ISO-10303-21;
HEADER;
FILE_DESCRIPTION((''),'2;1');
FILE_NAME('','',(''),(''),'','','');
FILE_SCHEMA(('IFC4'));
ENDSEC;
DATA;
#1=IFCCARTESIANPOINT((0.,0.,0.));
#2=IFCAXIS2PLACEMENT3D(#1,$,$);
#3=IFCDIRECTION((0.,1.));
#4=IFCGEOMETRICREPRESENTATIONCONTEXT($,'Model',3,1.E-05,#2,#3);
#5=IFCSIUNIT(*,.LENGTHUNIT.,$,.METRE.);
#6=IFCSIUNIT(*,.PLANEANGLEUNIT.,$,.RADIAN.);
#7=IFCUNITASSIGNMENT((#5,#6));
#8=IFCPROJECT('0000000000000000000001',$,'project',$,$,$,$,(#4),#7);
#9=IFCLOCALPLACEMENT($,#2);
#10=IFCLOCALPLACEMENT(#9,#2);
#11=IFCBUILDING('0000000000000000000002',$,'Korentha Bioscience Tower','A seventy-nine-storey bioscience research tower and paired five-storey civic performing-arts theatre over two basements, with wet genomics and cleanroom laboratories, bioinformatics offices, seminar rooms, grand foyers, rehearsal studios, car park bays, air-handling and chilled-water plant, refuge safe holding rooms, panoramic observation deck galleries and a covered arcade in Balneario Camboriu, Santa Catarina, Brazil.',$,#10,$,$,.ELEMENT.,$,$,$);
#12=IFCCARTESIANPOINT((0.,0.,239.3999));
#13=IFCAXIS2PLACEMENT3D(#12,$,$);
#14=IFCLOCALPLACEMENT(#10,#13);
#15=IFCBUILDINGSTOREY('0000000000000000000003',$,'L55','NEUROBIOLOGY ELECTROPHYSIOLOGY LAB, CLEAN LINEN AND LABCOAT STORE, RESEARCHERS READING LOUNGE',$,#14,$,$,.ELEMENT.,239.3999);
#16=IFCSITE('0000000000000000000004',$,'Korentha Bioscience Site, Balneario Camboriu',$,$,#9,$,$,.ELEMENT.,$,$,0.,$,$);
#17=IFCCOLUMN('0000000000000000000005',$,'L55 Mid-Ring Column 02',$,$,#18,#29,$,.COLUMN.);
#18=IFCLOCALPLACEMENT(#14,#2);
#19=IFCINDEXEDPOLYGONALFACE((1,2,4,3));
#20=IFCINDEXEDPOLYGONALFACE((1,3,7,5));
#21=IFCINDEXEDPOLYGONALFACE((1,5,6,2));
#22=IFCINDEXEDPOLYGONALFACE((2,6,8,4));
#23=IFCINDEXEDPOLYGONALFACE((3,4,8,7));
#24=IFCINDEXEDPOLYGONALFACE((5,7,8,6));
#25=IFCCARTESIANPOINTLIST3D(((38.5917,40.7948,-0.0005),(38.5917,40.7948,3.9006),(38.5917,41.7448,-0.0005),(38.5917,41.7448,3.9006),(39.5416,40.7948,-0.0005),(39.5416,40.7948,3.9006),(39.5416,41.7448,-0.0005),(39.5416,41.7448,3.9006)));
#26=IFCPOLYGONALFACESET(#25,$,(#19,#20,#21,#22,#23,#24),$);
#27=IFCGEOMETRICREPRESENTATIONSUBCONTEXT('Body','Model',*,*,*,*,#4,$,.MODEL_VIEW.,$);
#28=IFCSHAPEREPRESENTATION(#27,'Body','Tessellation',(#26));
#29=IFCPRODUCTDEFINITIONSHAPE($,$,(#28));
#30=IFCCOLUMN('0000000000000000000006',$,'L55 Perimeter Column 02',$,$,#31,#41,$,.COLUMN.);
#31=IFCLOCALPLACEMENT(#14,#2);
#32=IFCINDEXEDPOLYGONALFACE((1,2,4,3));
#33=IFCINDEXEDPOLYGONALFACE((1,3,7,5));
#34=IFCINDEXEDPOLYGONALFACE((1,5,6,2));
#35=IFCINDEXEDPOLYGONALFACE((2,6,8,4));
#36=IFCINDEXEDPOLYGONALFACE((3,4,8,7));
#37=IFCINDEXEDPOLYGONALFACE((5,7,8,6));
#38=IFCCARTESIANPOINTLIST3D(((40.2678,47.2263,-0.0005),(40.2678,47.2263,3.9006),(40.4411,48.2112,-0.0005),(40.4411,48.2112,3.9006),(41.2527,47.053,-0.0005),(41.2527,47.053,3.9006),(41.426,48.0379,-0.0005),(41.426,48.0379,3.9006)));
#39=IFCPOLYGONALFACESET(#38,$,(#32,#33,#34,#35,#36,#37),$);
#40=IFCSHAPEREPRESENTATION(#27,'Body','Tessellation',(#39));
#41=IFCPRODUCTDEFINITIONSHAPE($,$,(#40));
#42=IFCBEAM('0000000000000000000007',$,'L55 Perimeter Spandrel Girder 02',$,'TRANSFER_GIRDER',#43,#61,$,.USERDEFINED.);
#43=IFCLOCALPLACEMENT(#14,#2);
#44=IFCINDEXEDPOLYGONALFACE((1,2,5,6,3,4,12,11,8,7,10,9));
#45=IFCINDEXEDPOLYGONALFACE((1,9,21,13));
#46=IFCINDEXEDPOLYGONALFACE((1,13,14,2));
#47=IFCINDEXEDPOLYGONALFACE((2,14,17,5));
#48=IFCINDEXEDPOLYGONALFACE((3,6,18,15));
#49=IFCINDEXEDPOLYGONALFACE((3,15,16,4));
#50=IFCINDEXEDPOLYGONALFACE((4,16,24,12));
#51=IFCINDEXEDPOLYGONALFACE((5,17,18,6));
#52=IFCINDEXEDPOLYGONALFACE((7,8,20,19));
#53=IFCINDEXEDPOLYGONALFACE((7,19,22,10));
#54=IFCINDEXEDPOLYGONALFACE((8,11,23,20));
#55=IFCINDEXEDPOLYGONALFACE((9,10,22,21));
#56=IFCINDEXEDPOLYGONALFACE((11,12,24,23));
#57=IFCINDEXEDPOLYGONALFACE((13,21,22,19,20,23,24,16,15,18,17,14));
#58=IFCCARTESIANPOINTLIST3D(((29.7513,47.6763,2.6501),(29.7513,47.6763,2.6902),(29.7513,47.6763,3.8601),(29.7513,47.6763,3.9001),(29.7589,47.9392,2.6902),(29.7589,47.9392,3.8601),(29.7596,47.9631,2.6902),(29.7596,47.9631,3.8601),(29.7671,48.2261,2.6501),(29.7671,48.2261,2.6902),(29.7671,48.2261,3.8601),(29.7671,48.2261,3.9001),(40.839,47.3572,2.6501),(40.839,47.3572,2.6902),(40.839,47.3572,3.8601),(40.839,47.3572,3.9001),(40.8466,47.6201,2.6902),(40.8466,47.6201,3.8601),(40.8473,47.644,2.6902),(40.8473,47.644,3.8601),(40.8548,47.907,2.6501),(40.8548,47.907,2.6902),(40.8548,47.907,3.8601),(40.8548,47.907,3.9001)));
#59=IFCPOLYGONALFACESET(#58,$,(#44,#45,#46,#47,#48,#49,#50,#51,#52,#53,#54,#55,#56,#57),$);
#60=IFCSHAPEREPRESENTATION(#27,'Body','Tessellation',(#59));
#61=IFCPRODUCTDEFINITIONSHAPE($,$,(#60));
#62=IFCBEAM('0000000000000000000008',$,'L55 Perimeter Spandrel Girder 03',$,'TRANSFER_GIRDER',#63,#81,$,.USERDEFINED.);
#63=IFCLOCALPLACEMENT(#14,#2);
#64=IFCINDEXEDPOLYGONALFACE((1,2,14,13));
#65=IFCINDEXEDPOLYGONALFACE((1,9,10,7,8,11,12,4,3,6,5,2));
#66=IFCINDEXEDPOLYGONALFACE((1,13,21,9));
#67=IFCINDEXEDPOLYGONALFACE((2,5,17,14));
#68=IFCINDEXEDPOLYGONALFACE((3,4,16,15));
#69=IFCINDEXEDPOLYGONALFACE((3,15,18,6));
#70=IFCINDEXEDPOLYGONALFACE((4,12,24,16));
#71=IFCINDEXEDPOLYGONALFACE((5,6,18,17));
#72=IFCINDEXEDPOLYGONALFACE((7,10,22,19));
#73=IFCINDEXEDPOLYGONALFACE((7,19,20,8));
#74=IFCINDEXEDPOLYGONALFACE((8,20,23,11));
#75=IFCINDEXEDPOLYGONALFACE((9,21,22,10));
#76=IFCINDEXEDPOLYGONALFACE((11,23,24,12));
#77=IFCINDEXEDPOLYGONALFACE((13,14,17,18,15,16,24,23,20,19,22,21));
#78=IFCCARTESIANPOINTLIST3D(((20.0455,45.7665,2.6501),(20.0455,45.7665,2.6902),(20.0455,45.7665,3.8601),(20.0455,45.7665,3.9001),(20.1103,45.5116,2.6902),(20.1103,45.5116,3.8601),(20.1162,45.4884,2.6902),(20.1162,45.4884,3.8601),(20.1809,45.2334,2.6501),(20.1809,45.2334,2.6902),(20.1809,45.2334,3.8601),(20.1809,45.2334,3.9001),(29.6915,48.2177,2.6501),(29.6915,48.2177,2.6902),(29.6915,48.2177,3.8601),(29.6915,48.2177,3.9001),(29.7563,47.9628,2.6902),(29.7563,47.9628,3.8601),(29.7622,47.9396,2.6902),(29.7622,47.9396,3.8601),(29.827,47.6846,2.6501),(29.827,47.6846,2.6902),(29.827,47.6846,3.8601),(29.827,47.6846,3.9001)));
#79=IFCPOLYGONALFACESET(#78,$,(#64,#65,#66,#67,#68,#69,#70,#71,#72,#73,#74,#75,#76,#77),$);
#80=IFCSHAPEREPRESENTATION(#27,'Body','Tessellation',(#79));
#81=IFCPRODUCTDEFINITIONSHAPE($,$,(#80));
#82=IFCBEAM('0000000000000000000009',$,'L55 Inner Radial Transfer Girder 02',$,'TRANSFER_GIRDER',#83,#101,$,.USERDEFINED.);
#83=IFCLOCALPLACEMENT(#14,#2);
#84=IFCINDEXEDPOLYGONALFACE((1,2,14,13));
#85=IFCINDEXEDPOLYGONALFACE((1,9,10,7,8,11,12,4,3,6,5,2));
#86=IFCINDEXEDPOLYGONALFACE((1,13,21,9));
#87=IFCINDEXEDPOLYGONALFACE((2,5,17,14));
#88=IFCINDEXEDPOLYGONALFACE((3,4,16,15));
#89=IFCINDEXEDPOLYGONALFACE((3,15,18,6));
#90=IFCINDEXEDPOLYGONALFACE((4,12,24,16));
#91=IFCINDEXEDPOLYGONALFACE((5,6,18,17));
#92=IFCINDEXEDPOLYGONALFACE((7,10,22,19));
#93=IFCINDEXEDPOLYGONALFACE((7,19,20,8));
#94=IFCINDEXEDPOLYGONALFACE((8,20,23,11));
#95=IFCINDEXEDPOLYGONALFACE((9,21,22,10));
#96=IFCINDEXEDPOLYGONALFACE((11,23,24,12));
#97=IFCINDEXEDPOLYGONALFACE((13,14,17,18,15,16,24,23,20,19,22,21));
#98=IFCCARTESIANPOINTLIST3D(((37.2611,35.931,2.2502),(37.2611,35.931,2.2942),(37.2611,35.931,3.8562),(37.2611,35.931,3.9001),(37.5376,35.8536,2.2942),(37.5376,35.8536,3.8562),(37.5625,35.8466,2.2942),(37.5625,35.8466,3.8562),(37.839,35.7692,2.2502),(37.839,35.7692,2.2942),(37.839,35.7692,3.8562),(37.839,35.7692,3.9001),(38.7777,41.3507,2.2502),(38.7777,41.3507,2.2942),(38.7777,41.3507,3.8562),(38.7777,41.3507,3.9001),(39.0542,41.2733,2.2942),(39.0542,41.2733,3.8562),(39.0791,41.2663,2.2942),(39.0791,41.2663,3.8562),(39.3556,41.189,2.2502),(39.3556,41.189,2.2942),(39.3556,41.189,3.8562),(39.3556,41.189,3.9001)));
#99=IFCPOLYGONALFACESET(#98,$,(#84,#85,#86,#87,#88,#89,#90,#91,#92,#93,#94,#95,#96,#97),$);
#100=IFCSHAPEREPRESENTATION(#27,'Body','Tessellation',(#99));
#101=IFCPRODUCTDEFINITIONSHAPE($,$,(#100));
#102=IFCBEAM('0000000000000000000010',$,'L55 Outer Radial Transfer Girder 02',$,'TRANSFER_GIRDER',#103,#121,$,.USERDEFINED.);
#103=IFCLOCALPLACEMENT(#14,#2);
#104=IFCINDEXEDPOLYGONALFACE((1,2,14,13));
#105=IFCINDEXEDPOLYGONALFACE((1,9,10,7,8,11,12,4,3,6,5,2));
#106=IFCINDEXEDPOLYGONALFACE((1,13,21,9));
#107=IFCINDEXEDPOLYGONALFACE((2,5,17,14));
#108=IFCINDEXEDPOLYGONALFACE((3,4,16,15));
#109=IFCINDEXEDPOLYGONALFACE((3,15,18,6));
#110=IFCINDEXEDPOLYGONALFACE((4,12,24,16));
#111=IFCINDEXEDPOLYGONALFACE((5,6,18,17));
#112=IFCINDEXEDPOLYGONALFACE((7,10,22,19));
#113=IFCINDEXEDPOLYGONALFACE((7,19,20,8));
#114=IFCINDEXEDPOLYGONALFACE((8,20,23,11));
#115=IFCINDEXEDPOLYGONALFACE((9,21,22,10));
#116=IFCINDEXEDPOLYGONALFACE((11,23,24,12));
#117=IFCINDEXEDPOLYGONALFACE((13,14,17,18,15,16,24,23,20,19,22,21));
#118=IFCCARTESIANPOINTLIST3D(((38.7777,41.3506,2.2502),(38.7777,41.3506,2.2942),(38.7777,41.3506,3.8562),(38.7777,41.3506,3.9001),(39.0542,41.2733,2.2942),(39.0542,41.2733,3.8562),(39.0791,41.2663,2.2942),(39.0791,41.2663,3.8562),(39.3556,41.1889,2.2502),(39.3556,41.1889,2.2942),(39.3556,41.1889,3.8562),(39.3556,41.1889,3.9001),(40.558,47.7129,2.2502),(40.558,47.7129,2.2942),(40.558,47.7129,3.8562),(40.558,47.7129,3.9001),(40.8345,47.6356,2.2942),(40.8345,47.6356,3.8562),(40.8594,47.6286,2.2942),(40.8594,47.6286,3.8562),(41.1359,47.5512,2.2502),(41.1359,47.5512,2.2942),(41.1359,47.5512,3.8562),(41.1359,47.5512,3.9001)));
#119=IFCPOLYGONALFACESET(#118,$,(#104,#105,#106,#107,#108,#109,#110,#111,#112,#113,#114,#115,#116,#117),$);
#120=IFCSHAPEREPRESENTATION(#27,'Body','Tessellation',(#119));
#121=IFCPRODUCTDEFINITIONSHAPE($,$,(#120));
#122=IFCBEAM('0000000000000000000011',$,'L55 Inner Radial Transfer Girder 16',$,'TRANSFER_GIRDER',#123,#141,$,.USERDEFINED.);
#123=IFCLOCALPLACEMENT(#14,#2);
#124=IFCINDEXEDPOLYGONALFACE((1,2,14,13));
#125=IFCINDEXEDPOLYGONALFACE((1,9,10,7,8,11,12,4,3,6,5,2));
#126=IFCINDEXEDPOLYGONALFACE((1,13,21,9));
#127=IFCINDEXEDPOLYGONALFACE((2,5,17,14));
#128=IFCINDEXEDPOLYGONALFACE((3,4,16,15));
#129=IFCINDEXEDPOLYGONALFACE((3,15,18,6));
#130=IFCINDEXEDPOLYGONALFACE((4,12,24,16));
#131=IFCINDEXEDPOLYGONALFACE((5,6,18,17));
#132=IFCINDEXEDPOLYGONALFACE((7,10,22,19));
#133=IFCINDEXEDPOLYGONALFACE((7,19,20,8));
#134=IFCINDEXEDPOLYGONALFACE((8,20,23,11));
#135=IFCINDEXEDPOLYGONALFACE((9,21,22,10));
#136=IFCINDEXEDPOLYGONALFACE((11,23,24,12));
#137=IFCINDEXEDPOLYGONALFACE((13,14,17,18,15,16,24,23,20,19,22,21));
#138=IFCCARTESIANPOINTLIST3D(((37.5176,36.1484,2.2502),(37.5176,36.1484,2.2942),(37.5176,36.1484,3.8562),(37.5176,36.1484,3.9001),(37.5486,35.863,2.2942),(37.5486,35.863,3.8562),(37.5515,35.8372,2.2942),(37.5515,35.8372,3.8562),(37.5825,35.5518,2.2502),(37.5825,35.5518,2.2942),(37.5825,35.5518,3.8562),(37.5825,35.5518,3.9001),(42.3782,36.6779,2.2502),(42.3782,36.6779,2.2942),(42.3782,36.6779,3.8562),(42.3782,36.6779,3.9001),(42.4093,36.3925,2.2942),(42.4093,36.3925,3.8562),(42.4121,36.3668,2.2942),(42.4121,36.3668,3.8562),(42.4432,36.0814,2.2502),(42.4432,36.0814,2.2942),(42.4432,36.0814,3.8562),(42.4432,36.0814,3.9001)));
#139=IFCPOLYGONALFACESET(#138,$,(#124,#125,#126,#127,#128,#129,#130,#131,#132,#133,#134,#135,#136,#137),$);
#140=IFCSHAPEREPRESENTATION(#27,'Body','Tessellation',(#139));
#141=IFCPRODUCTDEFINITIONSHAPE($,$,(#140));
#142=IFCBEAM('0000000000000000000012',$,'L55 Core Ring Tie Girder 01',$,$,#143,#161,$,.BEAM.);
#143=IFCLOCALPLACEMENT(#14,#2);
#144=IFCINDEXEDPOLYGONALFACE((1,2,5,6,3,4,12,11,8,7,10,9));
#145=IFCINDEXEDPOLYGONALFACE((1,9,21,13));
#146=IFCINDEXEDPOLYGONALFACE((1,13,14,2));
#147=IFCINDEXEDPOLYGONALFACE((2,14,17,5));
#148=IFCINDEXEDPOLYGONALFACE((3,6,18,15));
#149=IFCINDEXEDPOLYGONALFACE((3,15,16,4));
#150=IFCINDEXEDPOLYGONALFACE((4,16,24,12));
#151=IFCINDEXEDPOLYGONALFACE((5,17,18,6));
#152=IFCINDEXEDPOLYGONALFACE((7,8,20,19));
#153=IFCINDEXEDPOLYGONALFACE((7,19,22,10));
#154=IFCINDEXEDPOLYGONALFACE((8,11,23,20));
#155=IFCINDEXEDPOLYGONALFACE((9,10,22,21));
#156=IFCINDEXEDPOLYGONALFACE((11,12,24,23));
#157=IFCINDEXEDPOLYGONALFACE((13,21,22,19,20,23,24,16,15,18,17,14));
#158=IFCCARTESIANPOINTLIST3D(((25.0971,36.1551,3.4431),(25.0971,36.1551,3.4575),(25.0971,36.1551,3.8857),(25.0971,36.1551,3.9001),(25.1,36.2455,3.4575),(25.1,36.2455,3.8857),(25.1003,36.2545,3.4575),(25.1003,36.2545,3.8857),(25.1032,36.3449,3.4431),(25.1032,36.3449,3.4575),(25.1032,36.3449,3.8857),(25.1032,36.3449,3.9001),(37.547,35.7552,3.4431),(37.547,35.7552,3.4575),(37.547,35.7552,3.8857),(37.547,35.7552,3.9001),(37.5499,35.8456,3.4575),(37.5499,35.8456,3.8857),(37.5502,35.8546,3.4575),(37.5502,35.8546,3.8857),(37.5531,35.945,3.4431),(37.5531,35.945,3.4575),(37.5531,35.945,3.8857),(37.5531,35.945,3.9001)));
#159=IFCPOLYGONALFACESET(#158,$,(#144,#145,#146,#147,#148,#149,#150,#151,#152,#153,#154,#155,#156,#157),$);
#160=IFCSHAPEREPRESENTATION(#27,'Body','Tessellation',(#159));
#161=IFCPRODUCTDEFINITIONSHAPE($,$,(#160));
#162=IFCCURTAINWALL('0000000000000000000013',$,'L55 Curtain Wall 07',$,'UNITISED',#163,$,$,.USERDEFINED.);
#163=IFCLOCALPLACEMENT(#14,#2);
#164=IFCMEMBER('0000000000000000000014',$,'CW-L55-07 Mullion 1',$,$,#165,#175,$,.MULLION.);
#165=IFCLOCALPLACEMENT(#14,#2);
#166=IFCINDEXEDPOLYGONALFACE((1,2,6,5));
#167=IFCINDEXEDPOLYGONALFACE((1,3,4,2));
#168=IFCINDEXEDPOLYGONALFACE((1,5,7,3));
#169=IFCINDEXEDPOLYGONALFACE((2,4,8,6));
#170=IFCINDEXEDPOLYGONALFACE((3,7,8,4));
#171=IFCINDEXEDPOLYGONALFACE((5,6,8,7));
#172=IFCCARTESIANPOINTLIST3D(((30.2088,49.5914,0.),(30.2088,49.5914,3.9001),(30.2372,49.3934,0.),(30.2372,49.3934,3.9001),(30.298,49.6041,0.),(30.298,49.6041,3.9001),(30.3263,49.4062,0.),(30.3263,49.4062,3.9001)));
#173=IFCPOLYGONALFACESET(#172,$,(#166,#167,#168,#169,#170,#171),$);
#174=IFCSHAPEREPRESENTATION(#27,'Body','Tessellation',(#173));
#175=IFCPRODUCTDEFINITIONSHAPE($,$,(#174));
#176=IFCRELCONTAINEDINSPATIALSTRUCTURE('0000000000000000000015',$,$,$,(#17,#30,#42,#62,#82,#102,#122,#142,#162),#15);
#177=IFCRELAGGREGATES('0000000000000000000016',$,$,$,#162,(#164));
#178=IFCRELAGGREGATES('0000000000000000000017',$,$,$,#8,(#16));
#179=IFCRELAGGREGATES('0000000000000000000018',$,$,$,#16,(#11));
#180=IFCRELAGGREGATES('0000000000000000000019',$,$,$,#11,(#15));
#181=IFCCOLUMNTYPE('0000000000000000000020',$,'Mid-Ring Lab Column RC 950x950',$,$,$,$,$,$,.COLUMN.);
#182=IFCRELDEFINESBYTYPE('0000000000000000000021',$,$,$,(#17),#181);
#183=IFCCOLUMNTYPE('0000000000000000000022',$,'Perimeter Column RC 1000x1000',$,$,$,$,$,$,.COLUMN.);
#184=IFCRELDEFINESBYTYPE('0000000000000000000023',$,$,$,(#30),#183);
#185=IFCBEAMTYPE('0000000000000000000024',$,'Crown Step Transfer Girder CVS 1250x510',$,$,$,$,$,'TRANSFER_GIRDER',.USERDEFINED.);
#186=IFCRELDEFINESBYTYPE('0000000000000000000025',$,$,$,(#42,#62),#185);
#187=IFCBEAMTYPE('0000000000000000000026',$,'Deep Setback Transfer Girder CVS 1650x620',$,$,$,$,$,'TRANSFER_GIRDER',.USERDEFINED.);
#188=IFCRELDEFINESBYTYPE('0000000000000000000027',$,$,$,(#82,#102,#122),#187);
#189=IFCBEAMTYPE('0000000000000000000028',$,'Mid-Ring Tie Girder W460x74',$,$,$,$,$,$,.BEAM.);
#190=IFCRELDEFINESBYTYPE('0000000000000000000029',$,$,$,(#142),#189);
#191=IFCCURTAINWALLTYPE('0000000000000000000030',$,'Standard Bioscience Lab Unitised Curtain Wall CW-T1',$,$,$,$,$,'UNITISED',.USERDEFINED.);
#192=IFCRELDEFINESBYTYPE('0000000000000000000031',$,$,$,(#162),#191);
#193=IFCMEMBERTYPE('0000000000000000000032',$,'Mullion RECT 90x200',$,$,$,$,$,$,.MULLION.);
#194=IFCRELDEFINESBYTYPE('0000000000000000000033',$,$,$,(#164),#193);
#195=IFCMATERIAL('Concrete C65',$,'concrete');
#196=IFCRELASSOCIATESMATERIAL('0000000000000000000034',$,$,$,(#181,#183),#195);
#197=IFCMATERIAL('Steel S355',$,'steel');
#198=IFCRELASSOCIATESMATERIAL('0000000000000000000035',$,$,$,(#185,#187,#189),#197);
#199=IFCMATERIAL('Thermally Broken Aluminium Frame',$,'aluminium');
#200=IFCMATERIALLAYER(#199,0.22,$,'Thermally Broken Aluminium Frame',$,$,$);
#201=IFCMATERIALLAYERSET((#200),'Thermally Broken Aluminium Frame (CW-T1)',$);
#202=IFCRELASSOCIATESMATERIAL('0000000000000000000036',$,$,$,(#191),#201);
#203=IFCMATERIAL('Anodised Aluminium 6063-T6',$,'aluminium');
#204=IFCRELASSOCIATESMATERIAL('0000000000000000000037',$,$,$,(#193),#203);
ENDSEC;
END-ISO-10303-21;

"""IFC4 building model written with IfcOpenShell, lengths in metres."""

from ifc_helpers import new_model, si_unit, direction, frame, origin, origin_2d, place, context, subcontext, project, spatial, rectangle, i_section, extrude, material, layer, layer_set, material_profile, profile_set, type_object, element, aggregate, save


model = new_model("IFC4")

# Units and contexts
model_context = context("Model", 3, precision=1e-05, world=origin(), true_north=direction((0.0, 1.0)))
body_context = subcontext(model_context, "Body", "Model", "MODEL_VIEW")
ifc_project = project(units=[si_unit("LENGTHUNIT", "METRE"), si_unit("PLANEANGLEUNIT", "RADIAN")], contexts=[model_context])

# Site, building, storey
site_placement = place(None, origin())
site = spatial("IfcSite", under=ifc_project, at=site_placement, Name="Korentha Bioscience Site, Balneario Camboriu", CompositionType="ELEMENT", RefElevation=0.0)
building_placement = place(site_placement, origin())
building = spatial("IfcBuilding", under=site, at=building_placement, Name="Korentha Bioscience Tower", Description="A seventy-nine-storey bioscience research tower and paired five-storey civic performing-arts theatre over two basements, with wet genomics and cleanroom laboratories, bioinformatics offices, seminar rooms, grand foyers, rehearsal studios, car park bays, air-handling and chilled-water plant, refuge safe holding rooms, panoramic observation deck galleries and a covered arcade in Balneario Camboriu, Santa Catarina, Brazil.", CompositionType="ELEMENT")
storey_placement = place(building_placement, frame((0.0, 0.0, 239.3999)))
storey = spatial("IfcBuildingStorey", under=building, at=storey_placement, Name="L55", Description="NEUROBIOLOGY ELECTROPHYSIOLOGY LAB, CLEAN LINEN AND LABCOAT STORE, RESEARCHERS READING LOUNGE", CompositionType="ELEMENT", Elevation=239.3999)

# Columns
ifc_material_1 = material(Name="Concrete C65", Category="concrete")
ifc_material_profile_1 = material_profile(ifc_material_1, rectangle(XDim=0.95, YDim=0.95, at=origin_2d()), Name="Concrete C65")
ifc_profile_set_1 = profile_set([ifc_material_profile_1], Name="Concrete C65 (COL-MR09)")
column_type_1 = type_object("IfcColumnType", Name="Mid-Ring Lab Column RC 950x950", PredefinedType="COLUMN", material=ifc_profile_set_1)
column_1_placement = place(storey_placement, frame((39.0667, 41.2698, -0.0005), z_axis=(0.0, 0.0, 1.0), x_axis=(1.0, 0.0, 0.0)))
element("IfcColumn", 1, at=column_1_placement, inside=storey, type_object=column_type_1, Name="L55 Mid-Ring Column 02", PredefinedType="COLUMN", context=body_context, shape_type="SweptSolid", body=[
    extrude(rectangle(XDim=0.95, YDim=0.95, at=origin_2d()), origin(), (0.0, 0.0, 1.0), 3.9011),
])
ifc_material_profile_2 = material_profile(ifc_material_1, rectangle(XDim=1.0, YDim=1.0, at=origin_2d()), Name="Concrete C65")
ifc_profile_set_2 = profile_set([ifc_material_profile_2], Name="Concrete C65 (COL-P10)")
column_type_2 = type_object("IfcColumnType", Name="Perimeter Column RC 1000x1000", PredefinedType="COLUMN", material=ifc_profile_set_2)
column_2_placement = place(storey_placement, frame((40.8469, 47.6321, -0.0005), z_axis=(0.0, 0.0, 1.0), x_axis=(-0.984868, 0.173304, 0.0)))
element("IfcColumn", 2, at=column_2_placement, inside=storey, type_object=column_type_2, Name="L55 Perimeter Column 02", PredefinedType="COLUMN", context=body_context, shape_type="SweptSolid", body=[
    extrude(rectangle(XDim=1.0, YDim=1.0, at=origin_2d()), origin(), (0.0, 0.0, 1.0), 3.9011),
])

# Beams
ifc_material_2 = material(Name="Steel S355", Category="steel")
ifc_material_profile_3 = material_profile(ifc_material_2, i_section(OverallWidth=0.55, OverallDepth=1.25, WebThickness=0.0239, FlangeThickness=0.04, at=origin_2d()), Name="Steel S355")
ifc_profile_set_3 = profile_set([ifc_material_profile_3], Name="Steel S355 (TG-03)")
beam_type_1 = type_object("IfcBeamType", Name="Crown Step Transfer Girder CVS 1250x510", ElementType="TRANSFER_GIRDER", PredefinedType="USERDEFINED", material=ifc_profile_set_3)
beam_1_placement = place(storey_placement, frame((40.8469, 47.6321, 3.2751), z_axis=(-0.999586, 0.028767, 0.0), x_axis=(-0.028767, -0.999586, 0.0)))
element("IfcBeam", 3, at=beam_1_placement, inside=storey, type_object=beam_type_1, Name="L55 Perimeter Spandrel Girder 02", ObjectType="TRANSFER_GIRDER", PredefinedType="USERDEFINED", context=body_context, shape_type="SweptSolid", body=[
    extrude(i_section(OverallWidth=0.55, OverallDepth=1.25, WebThickness=0.0239, FlangeThickness=0.04, at=origin_2d()), origin(), (0.0, 0.0, 1.0), 11.0923),
])
beam_2_placement = place(storey_placement, frame((29.7593, 47.9512, 3.2751), z_axis=(-0.969197, -0.246286, 0.0), x_axis=(0.246286, -0.969197, 0.0)))
element("IfcBeam", 4, at=beam_2_placement, inside=storey, type_object=beam_type_1, Name="L55 Perimeter Spandrel Girder 03", ObjectType="TRANSFER_GIRDER", PredefinedType="USERDEFINED", context=body_context, shape_type="SweptSolid", body=[
    extrude(i_section(OverallWidth=0.55, OverallDepth=1.25, WebThickness=0.0239, FlangeThickness=0.04, at=origin_2d()), origin(), (0.0, 0.0, 1.0), 9.9526),
])
ifc_material_profile_4 = material_profile(ifc_material_2, i_section(OverallWidth=0.6001, OverallDepth=1.6499, WebThickness=0.0259, FlangeThickness=0.0439, at=origin_2d()), Name="Steel S355")
ifc_profile_set_4 = profile_set([ifc_material_profile_4], Name="Steel S355 (TG-04)")
beam_type_2 = type_object("IfcBeamType", Name="Deep Setback Transfer Girder CVS 1650x620", ElementType="TRANSFER_GIRDER", PredefinedType="USERDEFINED", material=ifc_profile_set_4)
beam_3_placement = place(storey_placement, frame((37.55, 35.8501, 3.0752), z_axis=(0.26948, 0.963006, 0.0), x_axis=(-0.963006, 0.26948, 0.0)))
element("IfcBeam", 5, at=beam_3_placement, inside=storey, type_object=beam_type_2, Name="L55 Inner Radial Transfer Girder 02", ObjectType="TRANSFER_GIRDER", PredefinedType="USERDEFINED", context=body_context, shape_type="SweptSolid", body=[
    extrude(i_section(OverallWidth=0.6001, OverallDepth=1.6499, WebThickness=0.0259, FlangeThickness=0.0439, at=origin_2d()), origin(), (0.0, 0.0, 1.0), 5.6279),
])
beam_4_placement = place(storey_placement, frame((39.0667, 41.2698, 3.0752), z_axis=(0.269465, 0.96301, 0.0), x_axis=(-0.96301, 0.269465, 0.0)))
element("IfcBeam", 6, at=beam_4_placement, inside=storey, type_object=beam_type_2, Name="L55 Outer Radial Transfer Girder 02", ObjectType="TRANSFER_GIRDER", PredefinedType="USERDEFINED", context=body_context, shape_type="SweptSolid", body=[
    extrude(i_section(OverallWidth=0.6001, OverallDepth=1.6499, WebThickness=0.0259, FlangeThickness=0.0439, at=origin_2d()), origin(), (0.0, 0.0, 1.0), 6.6067),
])
beam_5_placement = place(storey_placement, frame((37.55, 35.8501, 3.0752), z_axis=(0.994118, 0.108305, 0.0), x_axis=(-0.108305, 0.994118, 0.0)))
element("IfcBeam", 7, at=beam_5_placement, inside=storey, type_object=beam_type_2, Name="L55 Inner Radial Transfer Girder 16", ObjectType="TRANSFER_GIRDER", PredefinedType="USERDEFINED", context=body_context, shape_type="SweptSolid", body=[
    extrude(i_section(OverallWidth=0.6001, OverallDepth=1.6499, WebThickness=0.0259, FlangeThickness=0.0439, at=origin_2d()), origin(), (0.0, 0.0, 1.0), 4.8894),
])
ifc_material_profile_5 = material_profile(ifc_material_2, i_section(OverallWidth=0.1899, OverallDepth=0.457, WebThickness=0.009, FlangeThickness=0.0144, at=origin_2d()), Name="Steel S355")
ifc_profile_set_5 = profile_set([ifc_material_profile_5], Name="Steel S355 (MB-460)")
beam_type_3 = type_object("IfcBeamType", Name="Mid-Ring Tie Girder W460x74", PredefinedType="BEAM", material=ifc_profile_set_5)
beam_6_placement = place(storey_placement, frame((37.55, 35.8501, 3.6716), z_axis=(-0.999485, 0.032104, 0.0), x_axis=(-0.032104, -0.999485, 0.0)))
element("IfcBeam", 8, at=beam_6_placement, inside=storey, type_object=beam_type_3, Name="L55 Core Ring Tie Girder 01", PredefinedType="BEAM", context=body_context, shape_type="SweptSolid", body=[
    extrude(i_section(OverallWidth=0.1899, OverallDepth=0.457, WebThickness=0.009, FlangeThickness=0.0144, at=origin_2d()), origin(), (0.0, 0.0, 1.0), 12.4563),
])

# Curtain wall, member
ifc_material_3 = material(Name="Thermally Broken Aluminium Frame", Category="aluminium")
ifc_layer_1 = layer(ifc_material_3, 0.22, Name="Thermally Broken Aluminium Frame")
ifc_layer_set_1 = layer_set([ifc_layer_1], Name="Thermally Broken Aluminium Frame (CW-T1)")
curtain_wall_type = type_object("IfcCurtainWallType", Name="Standard Bioscience Lab Unitised Curtain Wall CW-T1", ElementType="UNITISED", PredefinedType="USERDEFINED", material=ifc_layer_set_1)
curtain_wall_placement = place(storey_placement, origin())
curtain_wall = element("IfcCurtainWall", 9, at=curtain_wall_placement, inside=storey, type_object=curtain_wall_type, Name="L55 Curtain Wall 07", ObjectType="UNITISED", PredefinedType="USERDEFINED")
ifc_material_4 = material(Name="Anodised Aluminium 6063-T6", Category="aluminium")
ifc_material_profile_6 = material_profile(ifc_material_4, rectangle(XDim=0.0901, YDim=0.2, at=origin_2d()), Name="Anodised Aluminium 6063-T6")
ifc_profile_set_6 = profile_set([ifc_material_profile_6], Name="Anodised Aluminium 6063-T6 (CW-MUL)")
member_type_1 = type_object("IfcMemberType", Name="Mullion RECT 90x200", PredefinedType="MULLION", material=ifc_profile_set_6)
member_1_placement = place(storey_placement, frame((30.2676, 49.4988, 0.0), z_axis=(0.0, 0.0, 1.0), x_axis=(-0.989902, -0.141754, 0.0)))
member_1 = element("IfcMember", 10, at=member_1_placement, type_object=member_type_1, Name="CW-L55-07 Mullion 1", PredefinedType="MULLION", context=body_context, shape_type="SweptSolid", body=[
    extrude(rectangle(XDim=0.0901, YDim=0.2, at=origin_2d()), origin(), (0.0, 0.0, 1.0), 3.9001),
])
aggregate(curtain_wall, [member_1])

save(model, "model.ifc")
